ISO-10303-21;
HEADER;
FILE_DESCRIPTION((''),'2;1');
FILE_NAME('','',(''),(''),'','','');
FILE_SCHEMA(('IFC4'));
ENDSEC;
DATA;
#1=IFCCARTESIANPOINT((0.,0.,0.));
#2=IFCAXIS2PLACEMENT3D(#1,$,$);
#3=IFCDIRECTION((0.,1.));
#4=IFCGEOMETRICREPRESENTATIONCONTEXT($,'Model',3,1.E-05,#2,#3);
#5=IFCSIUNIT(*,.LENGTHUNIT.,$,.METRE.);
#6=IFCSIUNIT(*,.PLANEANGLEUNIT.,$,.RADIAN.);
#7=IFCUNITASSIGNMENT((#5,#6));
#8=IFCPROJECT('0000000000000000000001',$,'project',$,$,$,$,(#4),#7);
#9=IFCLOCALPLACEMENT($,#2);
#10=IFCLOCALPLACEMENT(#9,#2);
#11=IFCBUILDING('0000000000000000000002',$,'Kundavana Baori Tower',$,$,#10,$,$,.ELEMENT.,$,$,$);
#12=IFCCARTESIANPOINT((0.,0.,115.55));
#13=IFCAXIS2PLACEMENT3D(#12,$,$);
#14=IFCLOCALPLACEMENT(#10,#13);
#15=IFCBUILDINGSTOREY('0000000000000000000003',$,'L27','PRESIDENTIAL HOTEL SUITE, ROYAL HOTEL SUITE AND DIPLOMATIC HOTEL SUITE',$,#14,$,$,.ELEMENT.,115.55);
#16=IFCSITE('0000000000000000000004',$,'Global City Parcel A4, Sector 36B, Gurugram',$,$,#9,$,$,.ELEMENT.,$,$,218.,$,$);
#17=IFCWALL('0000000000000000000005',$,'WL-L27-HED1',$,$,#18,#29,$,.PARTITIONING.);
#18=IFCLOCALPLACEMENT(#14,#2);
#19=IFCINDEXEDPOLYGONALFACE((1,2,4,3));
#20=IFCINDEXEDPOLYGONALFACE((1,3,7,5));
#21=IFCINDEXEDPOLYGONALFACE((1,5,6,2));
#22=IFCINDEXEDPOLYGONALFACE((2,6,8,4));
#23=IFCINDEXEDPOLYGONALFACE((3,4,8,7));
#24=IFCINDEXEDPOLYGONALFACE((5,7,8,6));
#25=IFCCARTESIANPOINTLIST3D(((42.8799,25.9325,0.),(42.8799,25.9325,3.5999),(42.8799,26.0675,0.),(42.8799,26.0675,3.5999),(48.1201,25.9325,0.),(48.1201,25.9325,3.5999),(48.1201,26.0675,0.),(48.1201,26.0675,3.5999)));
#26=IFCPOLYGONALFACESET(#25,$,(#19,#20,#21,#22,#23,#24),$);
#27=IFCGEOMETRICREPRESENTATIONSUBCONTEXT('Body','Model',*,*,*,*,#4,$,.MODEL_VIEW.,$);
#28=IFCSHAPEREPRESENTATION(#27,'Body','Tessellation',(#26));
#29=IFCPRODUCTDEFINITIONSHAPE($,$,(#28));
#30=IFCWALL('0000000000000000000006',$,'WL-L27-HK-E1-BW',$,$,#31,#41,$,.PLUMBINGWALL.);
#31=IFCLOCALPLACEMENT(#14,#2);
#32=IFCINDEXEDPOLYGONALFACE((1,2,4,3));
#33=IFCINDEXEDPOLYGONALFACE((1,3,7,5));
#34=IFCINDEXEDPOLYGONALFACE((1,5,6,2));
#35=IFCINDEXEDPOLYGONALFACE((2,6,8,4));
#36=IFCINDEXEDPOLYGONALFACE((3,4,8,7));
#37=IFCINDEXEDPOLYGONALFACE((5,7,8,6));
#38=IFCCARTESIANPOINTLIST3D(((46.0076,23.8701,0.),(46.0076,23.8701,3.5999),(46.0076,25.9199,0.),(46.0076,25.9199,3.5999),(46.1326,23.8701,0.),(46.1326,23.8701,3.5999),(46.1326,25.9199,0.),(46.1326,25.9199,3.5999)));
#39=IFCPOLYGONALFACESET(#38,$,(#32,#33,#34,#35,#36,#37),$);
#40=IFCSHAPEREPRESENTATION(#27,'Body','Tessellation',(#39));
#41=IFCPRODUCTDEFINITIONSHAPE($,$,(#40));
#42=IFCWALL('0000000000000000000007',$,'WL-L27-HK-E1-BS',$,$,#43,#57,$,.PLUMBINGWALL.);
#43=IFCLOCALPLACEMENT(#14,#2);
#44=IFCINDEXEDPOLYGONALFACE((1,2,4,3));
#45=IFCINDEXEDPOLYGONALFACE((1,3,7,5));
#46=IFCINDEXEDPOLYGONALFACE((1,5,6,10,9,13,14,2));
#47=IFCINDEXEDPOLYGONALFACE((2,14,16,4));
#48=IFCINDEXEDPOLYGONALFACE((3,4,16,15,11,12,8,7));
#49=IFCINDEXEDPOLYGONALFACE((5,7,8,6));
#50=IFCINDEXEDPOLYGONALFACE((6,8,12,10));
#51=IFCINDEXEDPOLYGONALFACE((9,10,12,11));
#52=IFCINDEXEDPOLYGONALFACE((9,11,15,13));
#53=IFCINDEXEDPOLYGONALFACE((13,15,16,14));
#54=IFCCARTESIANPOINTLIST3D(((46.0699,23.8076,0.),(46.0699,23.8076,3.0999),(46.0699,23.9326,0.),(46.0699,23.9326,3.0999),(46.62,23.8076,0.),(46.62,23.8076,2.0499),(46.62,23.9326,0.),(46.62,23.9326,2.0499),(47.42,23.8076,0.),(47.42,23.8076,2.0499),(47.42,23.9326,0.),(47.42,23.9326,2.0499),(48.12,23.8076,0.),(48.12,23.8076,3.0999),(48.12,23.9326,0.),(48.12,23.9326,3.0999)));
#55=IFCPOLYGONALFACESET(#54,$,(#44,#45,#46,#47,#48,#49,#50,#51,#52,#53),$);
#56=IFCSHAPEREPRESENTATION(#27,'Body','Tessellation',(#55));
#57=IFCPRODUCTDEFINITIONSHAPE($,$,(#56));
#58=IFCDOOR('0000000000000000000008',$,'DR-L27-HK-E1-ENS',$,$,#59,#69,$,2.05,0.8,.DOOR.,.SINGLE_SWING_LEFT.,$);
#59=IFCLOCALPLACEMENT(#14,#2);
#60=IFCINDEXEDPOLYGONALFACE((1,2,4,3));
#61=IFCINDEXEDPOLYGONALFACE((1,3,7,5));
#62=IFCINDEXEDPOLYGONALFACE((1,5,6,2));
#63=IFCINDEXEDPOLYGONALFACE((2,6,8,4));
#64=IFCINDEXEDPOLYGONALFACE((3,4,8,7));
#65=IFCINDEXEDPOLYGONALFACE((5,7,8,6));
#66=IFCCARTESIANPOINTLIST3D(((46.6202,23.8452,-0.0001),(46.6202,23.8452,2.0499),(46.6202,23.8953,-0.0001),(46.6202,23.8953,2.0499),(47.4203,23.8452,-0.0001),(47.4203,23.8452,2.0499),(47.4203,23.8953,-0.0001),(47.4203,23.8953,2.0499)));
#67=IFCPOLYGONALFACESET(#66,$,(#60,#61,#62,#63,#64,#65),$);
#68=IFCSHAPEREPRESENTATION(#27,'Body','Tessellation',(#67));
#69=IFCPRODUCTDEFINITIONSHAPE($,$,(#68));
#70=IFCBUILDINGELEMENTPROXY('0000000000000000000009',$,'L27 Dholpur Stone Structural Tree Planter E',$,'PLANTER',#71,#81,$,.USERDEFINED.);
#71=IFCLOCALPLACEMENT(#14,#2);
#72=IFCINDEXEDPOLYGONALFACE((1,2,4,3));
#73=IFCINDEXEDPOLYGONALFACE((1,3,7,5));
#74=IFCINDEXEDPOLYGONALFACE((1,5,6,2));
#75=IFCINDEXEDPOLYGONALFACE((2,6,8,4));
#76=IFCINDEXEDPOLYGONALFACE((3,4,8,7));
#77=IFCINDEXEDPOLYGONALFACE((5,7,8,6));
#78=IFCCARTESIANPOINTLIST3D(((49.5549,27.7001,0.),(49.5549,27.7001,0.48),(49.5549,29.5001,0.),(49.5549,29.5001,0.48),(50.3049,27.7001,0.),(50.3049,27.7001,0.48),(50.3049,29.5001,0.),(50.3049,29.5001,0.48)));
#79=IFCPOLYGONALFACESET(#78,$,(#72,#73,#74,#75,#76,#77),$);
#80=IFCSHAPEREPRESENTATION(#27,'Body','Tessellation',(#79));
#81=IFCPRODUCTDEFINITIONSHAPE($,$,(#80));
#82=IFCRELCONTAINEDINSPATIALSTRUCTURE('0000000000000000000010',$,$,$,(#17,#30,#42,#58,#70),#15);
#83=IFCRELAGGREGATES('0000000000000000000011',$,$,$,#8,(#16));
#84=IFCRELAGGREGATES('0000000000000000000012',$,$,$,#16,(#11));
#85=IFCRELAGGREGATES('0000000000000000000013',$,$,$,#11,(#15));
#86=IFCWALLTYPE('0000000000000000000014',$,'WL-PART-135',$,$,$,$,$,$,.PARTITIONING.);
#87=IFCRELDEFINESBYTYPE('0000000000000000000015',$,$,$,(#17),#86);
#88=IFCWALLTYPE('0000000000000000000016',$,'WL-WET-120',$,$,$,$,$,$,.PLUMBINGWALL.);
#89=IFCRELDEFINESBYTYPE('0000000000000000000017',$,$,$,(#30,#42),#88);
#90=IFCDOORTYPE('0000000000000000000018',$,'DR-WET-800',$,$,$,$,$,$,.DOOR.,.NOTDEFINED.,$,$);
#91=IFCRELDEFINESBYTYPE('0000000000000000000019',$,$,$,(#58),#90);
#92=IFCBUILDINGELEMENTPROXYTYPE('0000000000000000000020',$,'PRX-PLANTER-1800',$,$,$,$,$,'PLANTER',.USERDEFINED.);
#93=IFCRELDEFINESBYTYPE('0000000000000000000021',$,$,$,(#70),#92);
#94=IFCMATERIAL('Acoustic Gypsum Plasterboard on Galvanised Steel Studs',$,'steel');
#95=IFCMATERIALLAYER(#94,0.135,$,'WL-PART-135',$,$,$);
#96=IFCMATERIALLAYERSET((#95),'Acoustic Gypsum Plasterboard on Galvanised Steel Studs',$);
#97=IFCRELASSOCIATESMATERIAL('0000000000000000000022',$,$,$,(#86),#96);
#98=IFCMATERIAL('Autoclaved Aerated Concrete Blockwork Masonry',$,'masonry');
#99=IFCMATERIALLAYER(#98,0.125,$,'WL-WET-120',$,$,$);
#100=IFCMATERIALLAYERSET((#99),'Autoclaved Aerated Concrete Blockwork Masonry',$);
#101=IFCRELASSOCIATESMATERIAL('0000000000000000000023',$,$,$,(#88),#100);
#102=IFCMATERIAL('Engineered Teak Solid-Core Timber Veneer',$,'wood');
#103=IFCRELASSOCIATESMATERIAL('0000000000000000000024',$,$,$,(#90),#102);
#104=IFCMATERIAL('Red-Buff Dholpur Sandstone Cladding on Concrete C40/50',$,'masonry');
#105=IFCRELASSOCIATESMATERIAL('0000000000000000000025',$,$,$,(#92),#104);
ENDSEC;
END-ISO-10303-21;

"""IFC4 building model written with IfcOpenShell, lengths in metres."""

from ifc_helpers import new_model, si_unit, direction, frame, frame_2d, origin, origin_2d, place, context, subcontext, project, spatial, rectangle, extrude, material, layer, layer_set, type_object, element, fill, save


model = new_model("IFC4")

# Units and contexts
model_context = context("Model", 3, precision=1e-05, world=origin(), true_north=direction((0.0, 1.0)))
body_context = subcontext(model_context, "Body", "Model", "MODEL_VIEW")
ifc_project = project(units=[si_unit("LENGTHUNIT", "METRE"), si_unit("PLANEANGLEUNIT", "RADIAN")], contexts=[model_context])

# Site, building, storey
site_placement = place(None, origin())
site = spatial("IfcSite", under=ifc_project, at=site_placement, Name="Global City Parcel A4, Sector 36B, Gurugram", CompositionType="ELEMENT", RefElevation=218.0)
building_placement = place(site_placement, origin())
building = spatial("IfcBuilding", under=site, at=building_placement, Name="Kundavana Baori Tower", CompositionType="ELEMENT")
storey_placement = place(building_placement, frame((0.0, 0.0, 115.55)))
storey = spatial("IfcBuildingStorey", under=building, at=storey_placement, Name="L27", Description="PRESIDENTIAL HOTEL SUITE, ROYAL HOTEL SUITE AND DIPLOMATIC HOTEL SUITE", CompositionType="ELEMENT", Elevation=115.55)

# Shared definitions
ifc_material_1 = material(Name="Acoustic Gypsum Plasterboard on Galvanised Steel Studs", Category="steel")
ifc_layer_1 = layer(ifc_material_1, 0.135, Name="WL-PART-135")
ifc_layer_set_1 = layer_set([ifc_layer_1], Name="Acoustic Gypsum Plasterboard on Galvanised Steel Studs")
wall_type_1 = type_object("IfcWallType", Name="WL-PART-135", PredefinedType="PARTITIONING", material=ifc_layer_set_1)

# Walls
wall_1_placement = place(storey_placement, frame((42.8799, 26.0, 0.0), z_axis=(0.0, 0.0, 1.0), x_axis=(1.0, 0.0, 0.0)))
element("IfcWall", 1, at=wall_1_placement, inside=storey, type_object=wall_type_1, Name="WL-L27-HED1", PredefinedType="PARTITIONING", context=body_context, shape_type="SweptSolid", body=[
    extrude(rectangle(XDim=5.2402, YDim=0.135, at=frame_2d((2.6201, 0.0))), origin(), (0.0, 0.0, 1.0), 3.5999),
])
ifc_material_2 = material(Name="Autoclaved Aerated Concrete Blockwork Masonry", Category="masonry")
ifc_layer_2 = layer(ifc_material_2, 0.125, Name="WL-WET-120")
ifc_layer_set_2 = layer_set([ifc_layer_2], Name="Autoclaved Aerated Concrete Blockwork Masonry")
wall_type_2 = type_object("IfcWallType", Name="WL-WET-120", PredefinedType="PLUMBINGWALL", material=ifc_layer_set_2)
wall_2_placement = place(storey_placement, frame((46.0701, 23.8701, 0.0), z_axis=(0.0, 0.0, 1.0), x_axis=(0.0, 1.0, 0.0)))
element("IfcWall", 2, at=wall_2_placement, inside=storey, type_object=wall_type_2, Name="WL-L27-HK-E1-BW", PredefinedType="PLUMBINGWALL", context=body_context, shape_type="SweptSolid", body=[
    extrude(rectangle(XDim=2.0498, YDim=0.125, at=frame_2d((1.0249, 0.0))), origin(), (0.0, 0.0, 1.0), 3.5999),
])

# Wall, opening, door
wall_3_placement = place(storey_placement, frame((46.0701, 23.8701, 0.0), z_axis=(0.0, 0.0, 1.0), x_axis=(1.0, 0.0, 0.0)))
wall_3 = element("IfcWall", 3, at=wall_3_placement, inside=storey, type_object=wall_type_2, Name="WL-L27-HK-E1-BS", PredefinedType="PLUMBINGWALL", context=body_context, shape_type="SweptSolid", body=[
    extrude(rectangle(XDim=2.05, YDim=0.125, at=frame_2d((1.0249, 0.0))), origin(), (0.0, 0.0, 1.0), 3.0999),
])
opening_1_placement = place(wall_3_placement, frame((0.55, 0.0, 0.0)))
opening_1 = element("IfcOpeningElement", 4, at=opening_1_placement, cuts=wall_3, PredefinedType="OPENING", context=body_context, shape_type="SweptSolid", body=[
    extrude(rectangle(XDim=0.8, YDim=2.05, at=frame_2d((0.3999, 1.0249))), frame((0.0, 0.0725, 0.0), z_axis=(0.0, -1.0, 0.0), x_axis=(1.0, 0.0, 0.0)), (0.0, 0.0, 1.0), 0.145),
])
ifc_material_3 = material(Name="Engineered Teak Solid-Core Timber Veneer", Category="wood")
door_type_1 = type_object("IfcDoorType", Name="DR-WET-800", OperationType="NOTDEFINED", PredefinedType="DOOR", material=ifc_material_3)
door_1_placement = place(opening_1_placement, frame((0.8, 0.0, 0.0), z_axis=(0.0, 0.0, 1.0), x_axis=(-1.0, 0.0, 0.0)))
door_1 = element("IfcDoor", 5, at=door_1_placement, inside=storey, type_object=door_type_1, Name="DR-L27-HK-E1-ENS", OperationType="SINGLE_SWING_LEFT", OverallHeight=2.05, OverallWidth=0.8, PredefinedType="DOOR", context=body_context, shape_type="SweptSolid", body=[
    extrude(rectangle(XDim=0.8, YDim=2.05, at=frame_2d((0.3999, 1.0249))), frame((0.0, 0.0249, 0.0), z_axis=(0.0, -1.0, 0.0), x_axis=(1.0, 0.0, 0.0)), (0.0, 0.0, 1.0), 0.05),
])
fill(opening_1, door_1)

# Building element proxy
ifc_material_4 = material(Name="Red-Buff Dholpur Sandstone Cladding on Concrete C40/50", Category="masonry")
building_element_proxy_type = type_object("IfcBuildingElementProxyType", Name="PRX-PLANTER-1800", ElementType="PLANTER", PredefinedType="USERDEFINED", material=ifc_material_4)
proxy_placement = place(storey_placement, frame((49.9299, 28.6001, 0.0), z_axis=(0.0, 0.0, 1.0), x_axis=(0.0, 1.0, 0.0)))
element("IfcBuildingElementProxy", 6, at=proxy_placement, inside=storey, type_object=building_element_proxy_type, Name="L27 Dholpur Stone Structural Tree Planter E", ObjectType="PLANTER", PredefinedType="USERDEFINED", context=body_context, shape_type="SweptSolid", body=[
    extrude(rectangle(XDim=1.8, YDim=0.75, at=origin_2d()), origin(), (0.0, 0.0, 1.0), 0.48),
])

save(model, "model.ifc")
